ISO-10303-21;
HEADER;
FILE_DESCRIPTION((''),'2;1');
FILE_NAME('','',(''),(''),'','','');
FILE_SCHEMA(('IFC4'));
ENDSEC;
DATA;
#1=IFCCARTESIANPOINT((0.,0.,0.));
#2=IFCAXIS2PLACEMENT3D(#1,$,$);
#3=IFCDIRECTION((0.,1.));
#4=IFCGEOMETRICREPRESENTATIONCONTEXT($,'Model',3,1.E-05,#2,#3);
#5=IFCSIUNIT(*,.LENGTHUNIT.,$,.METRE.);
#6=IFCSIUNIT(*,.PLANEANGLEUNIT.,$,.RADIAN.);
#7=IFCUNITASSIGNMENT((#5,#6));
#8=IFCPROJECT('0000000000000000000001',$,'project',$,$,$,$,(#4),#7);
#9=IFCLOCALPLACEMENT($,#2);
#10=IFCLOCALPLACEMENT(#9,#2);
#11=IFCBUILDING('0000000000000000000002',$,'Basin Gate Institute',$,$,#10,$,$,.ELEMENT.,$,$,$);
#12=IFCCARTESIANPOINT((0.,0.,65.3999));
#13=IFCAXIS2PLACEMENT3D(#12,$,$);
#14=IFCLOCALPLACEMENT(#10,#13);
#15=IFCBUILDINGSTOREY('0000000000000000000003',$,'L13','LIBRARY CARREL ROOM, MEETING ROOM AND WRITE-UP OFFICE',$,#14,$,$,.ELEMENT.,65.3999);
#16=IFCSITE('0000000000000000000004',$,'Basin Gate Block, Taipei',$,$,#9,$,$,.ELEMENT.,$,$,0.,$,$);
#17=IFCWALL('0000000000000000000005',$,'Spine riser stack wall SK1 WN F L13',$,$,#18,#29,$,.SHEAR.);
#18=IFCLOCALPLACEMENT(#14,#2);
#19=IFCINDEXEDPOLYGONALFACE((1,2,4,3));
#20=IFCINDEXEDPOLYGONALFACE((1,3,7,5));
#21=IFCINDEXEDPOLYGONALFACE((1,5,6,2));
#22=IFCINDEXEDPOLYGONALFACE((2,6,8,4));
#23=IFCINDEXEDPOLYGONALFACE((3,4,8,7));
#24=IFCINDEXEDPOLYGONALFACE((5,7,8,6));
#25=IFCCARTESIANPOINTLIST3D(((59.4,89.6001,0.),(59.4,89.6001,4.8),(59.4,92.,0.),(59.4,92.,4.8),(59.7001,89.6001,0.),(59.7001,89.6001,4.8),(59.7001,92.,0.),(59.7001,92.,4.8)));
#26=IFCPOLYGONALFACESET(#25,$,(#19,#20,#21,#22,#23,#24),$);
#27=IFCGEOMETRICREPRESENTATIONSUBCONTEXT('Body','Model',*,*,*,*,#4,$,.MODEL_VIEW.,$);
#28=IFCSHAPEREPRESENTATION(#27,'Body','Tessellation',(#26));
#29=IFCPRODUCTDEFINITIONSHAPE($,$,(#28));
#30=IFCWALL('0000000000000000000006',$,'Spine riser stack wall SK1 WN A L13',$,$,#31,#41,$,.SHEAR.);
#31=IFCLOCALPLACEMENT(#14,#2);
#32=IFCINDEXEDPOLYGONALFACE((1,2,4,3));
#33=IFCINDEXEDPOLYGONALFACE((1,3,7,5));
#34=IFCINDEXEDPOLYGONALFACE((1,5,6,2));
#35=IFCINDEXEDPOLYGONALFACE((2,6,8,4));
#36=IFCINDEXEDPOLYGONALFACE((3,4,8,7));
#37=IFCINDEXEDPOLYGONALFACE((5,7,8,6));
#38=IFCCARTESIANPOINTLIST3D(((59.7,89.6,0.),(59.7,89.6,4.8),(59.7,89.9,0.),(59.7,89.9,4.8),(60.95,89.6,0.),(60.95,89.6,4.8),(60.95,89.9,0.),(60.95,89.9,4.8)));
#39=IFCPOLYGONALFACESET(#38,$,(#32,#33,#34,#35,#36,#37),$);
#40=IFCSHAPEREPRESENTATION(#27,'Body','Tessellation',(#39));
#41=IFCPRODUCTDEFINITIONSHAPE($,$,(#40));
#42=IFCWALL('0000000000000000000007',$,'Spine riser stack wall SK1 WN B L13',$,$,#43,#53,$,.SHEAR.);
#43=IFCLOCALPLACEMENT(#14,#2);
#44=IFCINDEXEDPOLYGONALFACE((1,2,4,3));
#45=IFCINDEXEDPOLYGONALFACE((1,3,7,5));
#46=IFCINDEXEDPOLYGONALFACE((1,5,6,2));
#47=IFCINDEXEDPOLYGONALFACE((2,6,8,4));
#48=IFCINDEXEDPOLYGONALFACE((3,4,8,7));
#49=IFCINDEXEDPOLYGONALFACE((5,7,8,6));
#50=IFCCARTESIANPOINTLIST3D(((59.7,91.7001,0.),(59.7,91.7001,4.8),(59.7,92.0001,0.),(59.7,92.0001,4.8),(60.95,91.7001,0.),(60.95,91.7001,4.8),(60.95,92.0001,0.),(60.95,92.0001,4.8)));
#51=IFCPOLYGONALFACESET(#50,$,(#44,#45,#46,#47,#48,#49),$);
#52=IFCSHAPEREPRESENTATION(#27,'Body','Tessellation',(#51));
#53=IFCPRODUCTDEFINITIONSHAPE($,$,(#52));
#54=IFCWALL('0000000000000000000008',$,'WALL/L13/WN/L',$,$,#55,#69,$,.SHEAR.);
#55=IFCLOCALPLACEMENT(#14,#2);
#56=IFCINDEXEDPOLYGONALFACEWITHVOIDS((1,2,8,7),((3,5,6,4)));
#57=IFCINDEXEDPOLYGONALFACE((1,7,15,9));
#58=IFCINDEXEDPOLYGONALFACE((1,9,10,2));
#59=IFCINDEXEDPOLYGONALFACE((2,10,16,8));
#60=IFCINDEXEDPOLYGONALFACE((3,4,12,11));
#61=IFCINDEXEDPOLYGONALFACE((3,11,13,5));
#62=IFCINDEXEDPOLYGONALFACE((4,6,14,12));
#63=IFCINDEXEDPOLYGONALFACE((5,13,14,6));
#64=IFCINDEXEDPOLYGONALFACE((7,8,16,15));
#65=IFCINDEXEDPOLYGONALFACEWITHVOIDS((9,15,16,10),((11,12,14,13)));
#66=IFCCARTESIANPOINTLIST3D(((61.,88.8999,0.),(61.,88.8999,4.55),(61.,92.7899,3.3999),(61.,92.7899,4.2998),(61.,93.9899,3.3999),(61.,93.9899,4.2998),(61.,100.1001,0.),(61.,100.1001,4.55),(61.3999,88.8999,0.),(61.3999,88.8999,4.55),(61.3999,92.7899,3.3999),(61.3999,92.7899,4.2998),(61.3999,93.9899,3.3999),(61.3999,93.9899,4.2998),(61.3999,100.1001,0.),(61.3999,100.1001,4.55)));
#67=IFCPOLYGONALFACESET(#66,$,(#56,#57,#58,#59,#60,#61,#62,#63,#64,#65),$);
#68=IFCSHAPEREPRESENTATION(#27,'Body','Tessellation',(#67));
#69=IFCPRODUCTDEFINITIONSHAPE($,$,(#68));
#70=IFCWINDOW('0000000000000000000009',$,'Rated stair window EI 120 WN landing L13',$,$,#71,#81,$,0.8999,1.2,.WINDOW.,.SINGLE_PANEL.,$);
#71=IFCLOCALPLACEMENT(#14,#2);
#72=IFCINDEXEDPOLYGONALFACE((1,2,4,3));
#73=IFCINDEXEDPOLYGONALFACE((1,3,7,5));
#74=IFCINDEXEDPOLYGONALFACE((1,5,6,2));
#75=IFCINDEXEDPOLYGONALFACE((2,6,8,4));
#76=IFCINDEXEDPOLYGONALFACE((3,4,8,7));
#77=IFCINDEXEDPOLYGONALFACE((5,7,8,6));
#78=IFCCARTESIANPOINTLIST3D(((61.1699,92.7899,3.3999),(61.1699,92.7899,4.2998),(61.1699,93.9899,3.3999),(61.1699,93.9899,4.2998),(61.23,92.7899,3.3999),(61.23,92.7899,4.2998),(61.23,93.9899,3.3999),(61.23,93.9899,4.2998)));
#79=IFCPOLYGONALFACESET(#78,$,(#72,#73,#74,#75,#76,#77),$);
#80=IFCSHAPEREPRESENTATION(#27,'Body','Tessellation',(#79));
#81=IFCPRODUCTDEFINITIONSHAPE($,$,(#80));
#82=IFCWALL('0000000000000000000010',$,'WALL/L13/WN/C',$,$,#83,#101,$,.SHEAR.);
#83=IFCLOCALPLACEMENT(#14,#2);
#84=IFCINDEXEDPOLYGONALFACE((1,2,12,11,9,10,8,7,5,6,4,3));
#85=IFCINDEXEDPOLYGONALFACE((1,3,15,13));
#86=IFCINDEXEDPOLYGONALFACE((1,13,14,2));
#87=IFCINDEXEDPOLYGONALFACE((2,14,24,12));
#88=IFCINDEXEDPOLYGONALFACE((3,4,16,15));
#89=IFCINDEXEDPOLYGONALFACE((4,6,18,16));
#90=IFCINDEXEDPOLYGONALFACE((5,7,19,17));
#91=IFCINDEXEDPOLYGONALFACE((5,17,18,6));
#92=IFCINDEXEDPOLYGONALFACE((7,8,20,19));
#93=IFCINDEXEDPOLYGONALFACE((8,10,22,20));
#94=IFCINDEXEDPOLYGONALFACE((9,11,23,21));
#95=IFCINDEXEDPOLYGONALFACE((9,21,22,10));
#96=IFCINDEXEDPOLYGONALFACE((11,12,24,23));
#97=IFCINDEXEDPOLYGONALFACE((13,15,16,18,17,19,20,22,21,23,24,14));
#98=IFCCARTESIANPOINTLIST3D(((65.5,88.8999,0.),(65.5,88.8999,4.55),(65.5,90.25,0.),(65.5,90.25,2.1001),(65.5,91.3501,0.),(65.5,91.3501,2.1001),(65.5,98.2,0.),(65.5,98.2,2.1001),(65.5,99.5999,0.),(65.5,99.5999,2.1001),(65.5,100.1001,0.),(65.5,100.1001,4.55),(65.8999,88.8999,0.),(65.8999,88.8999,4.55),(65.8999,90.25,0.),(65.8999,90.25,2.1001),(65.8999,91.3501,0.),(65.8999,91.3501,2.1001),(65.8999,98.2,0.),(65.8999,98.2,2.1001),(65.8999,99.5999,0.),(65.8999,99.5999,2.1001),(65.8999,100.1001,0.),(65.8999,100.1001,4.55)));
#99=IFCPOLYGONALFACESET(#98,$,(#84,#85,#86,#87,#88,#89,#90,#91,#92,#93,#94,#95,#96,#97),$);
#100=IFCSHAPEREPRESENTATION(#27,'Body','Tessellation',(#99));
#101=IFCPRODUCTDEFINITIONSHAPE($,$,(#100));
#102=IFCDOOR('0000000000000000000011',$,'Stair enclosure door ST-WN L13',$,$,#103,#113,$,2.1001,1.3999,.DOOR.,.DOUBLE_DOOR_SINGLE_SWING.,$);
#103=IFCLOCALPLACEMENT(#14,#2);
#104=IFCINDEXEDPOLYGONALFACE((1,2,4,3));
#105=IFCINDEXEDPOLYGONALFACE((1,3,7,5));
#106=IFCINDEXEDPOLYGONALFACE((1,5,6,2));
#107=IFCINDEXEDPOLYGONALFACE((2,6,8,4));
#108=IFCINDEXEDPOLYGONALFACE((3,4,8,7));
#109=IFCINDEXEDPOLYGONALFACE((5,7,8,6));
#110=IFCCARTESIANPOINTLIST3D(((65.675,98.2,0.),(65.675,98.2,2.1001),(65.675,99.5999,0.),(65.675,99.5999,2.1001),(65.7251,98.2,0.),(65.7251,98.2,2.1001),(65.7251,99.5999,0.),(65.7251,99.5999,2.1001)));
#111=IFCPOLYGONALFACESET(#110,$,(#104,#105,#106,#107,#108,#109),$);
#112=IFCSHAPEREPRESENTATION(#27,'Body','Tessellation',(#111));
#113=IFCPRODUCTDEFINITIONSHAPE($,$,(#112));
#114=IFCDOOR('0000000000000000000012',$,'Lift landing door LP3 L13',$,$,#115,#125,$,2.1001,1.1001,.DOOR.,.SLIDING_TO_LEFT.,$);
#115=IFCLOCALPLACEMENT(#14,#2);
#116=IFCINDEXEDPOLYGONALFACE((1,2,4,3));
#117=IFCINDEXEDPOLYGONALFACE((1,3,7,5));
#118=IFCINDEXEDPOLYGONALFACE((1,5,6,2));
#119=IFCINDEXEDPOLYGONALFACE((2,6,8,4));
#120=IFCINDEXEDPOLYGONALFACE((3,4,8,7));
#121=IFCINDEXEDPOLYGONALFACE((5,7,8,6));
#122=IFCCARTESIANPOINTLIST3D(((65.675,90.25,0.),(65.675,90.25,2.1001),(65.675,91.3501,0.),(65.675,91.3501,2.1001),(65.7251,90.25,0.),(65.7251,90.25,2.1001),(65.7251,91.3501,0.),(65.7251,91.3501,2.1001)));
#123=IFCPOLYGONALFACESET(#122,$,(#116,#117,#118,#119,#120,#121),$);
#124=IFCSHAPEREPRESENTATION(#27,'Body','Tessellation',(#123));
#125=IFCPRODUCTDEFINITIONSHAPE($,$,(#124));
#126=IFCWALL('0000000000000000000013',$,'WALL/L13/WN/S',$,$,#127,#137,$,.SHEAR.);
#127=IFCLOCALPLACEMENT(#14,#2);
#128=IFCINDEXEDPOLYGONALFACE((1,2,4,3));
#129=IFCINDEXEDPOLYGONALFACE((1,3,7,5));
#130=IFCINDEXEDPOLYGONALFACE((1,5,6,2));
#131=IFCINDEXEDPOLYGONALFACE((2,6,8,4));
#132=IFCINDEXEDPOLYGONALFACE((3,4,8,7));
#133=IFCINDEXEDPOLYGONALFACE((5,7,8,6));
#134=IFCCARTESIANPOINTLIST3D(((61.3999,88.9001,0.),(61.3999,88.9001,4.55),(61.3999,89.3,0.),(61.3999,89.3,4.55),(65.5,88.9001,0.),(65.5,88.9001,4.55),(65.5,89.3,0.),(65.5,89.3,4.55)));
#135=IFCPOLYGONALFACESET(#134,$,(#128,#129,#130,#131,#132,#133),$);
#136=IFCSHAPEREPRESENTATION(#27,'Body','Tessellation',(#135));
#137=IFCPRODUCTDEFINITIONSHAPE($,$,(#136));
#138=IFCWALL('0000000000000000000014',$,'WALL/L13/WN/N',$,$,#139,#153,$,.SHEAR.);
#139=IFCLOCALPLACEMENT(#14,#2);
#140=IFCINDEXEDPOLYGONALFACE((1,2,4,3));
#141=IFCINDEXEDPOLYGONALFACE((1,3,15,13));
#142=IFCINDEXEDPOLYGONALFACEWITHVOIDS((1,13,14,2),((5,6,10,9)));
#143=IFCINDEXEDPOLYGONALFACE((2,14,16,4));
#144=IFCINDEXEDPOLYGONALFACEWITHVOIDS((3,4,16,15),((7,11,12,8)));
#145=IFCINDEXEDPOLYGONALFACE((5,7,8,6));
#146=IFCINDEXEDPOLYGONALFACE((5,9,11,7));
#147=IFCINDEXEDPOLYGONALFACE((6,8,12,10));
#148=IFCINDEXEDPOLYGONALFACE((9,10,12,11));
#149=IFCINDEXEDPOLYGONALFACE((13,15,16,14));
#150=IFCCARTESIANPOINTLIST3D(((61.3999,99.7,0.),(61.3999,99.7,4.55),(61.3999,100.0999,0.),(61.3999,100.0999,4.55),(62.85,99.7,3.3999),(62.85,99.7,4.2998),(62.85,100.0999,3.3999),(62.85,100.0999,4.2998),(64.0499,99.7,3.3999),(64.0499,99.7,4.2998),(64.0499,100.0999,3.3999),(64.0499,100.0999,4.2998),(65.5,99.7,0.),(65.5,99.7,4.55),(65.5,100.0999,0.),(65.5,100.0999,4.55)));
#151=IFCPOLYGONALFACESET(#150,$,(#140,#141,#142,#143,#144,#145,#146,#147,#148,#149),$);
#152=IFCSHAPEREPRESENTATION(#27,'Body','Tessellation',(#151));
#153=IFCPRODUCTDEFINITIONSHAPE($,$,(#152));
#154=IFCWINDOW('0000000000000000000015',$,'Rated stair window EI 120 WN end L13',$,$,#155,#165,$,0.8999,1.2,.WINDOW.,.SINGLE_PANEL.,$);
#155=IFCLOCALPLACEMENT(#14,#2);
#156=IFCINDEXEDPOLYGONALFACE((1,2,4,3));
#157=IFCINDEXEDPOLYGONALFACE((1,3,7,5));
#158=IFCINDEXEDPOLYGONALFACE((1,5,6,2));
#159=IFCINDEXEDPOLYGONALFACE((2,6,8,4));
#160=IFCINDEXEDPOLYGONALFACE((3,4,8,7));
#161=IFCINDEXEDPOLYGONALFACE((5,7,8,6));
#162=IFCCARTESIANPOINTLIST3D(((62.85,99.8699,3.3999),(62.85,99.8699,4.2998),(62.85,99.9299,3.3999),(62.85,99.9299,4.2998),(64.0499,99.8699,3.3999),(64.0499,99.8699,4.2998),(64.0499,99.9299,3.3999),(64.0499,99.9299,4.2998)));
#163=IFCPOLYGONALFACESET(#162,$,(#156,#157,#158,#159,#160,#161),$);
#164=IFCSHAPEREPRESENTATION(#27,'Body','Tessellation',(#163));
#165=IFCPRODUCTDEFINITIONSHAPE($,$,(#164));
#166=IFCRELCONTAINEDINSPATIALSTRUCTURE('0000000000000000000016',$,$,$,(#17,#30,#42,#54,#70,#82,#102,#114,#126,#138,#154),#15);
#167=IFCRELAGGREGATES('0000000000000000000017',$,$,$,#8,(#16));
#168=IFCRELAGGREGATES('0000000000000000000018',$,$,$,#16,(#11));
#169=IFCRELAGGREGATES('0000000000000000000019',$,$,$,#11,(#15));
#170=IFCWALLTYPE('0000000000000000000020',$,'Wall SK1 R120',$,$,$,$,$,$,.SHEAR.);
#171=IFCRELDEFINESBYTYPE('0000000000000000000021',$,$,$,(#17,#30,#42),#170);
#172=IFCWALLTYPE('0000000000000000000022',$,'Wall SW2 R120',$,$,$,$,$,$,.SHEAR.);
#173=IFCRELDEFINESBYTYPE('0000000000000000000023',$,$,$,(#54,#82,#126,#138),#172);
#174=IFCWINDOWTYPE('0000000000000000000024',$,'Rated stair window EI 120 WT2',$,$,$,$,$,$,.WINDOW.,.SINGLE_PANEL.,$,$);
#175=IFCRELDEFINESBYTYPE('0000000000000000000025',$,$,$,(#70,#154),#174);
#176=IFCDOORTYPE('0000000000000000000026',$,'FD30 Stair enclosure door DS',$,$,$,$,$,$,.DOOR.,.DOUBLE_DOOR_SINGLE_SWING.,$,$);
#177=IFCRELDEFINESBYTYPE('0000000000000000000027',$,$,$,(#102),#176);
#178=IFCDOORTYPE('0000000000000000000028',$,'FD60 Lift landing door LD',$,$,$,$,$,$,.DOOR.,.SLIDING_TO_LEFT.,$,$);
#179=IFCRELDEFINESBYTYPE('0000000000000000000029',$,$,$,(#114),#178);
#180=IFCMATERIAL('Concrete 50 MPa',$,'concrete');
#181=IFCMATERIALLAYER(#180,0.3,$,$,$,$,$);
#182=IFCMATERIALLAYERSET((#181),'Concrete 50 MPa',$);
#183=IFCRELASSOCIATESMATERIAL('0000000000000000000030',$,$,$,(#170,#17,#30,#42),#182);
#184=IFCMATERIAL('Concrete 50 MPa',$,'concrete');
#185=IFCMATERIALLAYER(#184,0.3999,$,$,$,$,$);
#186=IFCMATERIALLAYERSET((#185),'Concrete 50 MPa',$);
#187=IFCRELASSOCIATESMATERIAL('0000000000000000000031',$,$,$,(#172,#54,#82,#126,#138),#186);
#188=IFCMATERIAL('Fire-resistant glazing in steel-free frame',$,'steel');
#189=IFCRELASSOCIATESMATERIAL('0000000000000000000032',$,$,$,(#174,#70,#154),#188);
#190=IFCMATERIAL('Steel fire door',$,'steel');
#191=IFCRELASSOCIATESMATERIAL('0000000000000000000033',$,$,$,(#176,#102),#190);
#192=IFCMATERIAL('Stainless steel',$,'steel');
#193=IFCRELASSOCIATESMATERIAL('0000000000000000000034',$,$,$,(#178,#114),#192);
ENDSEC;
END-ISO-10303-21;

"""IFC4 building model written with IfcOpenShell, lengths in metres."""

from ifc_helpers import new_model, si_unit, direction, frame, frame_2d, origin, place, context, subcontext, project, spatial, rectangle, extrude, material, layer, layer_set, type_object, element, fill, save


model = new_model("IFC4")

# Units and contexts
model_context = context("Model", 3, precision=1e-05, world=origin(), true_north=direction((0.0, 1.0)))
body_context = subcontext(model_context, "Body", "Model", "MODEL_VIEW")
ifc_project = project(units=[si_unit("LENGTHUNIT", "METRE"), si_unit("PLANEANGLEUNIT", "RADIAN")], contexts=[model_context])

# Site, building, storey
site_placement = place(None, origin())
site = spatial("IfcSite", under=ifc_project, at=site_placement, Name="Basin Gate Block, Taipei", CompositionType="ELEMENT", RefElevation=0.0)
building_placement = place(site_placement, origin())
building = spatial("IfcBuilding", under=site, at=building_placement, Name="Basin Gate Institute", CompositionType="ELEMENT")
storey_placement = place(building_placement, frame((0.0, 0.0, 65.3999)))
storey = spatial("IfcBuildingStorey", under=building, at=storey_placement, Name="L13", Description="LIBRARY CARREL ROOM, MEETING ROOM AND WRITE-UP OFFICE", CompositionType="ELEMENT", Elevation=65.3999)

# Walls
ifc_material_1 = material(Name="Concrete 50 MPa", Category="concrete")
ifc_layer_1 = layer(ifc_material_1, 0.3)
ifc_layer_set_1 = layer_set([ifc_layer_1], Name="Concrete 50 MPa")
wall_type_1 = type_object("IfcWallType", Name="Wall SK1 R120", PredefinedType="SHEAR", material=ifc_layer_set_1)
wall_1_placement = place(storey_placement, frame((59.55, 89.6001, 0.0), z_axis=(0.0, 0.0, 1.0), x_axis=(0.0, 1.0, 0.0)))
element("IfcWall", 1, at=wall_1_placement, inside=storey, type_object=wall_type_1, material=ifc_layer_set_1, Name="Spine riser stack wall SK1 WN F L13", PredefinedType="SHEAR", context=body_context, shape_type="SweptSolid", body=[
    extrude(rectangle(XDim=2.3999, YDim=0.3, at=frame_2d((1.2, 0.0))), origin(), (0.0, 0.0, 1.0), 4.8),
])
for number, where, z_axis, x_axis, name in (
    (2, (60.95, 89.75, 0.0), (0.0, 0.0, 1.0), (-1.0, 0.0, 0.0), "Spine riser stack wall SK1 WN A L13"),
    (3, (60.95, 91.8501, 0.0), (0.0, 0.0, 1.0), (-1.0, 0.0, 0.0), "Spine riser stack wall SK1 WN B L13"),
):
    element("IfcWall", number, at=place(storey_placement, frame(where, z_axis=z_axis, x_axis=x_axis)), inside=storey, type_object=wall_type_1, material=ifc_layer_set_1, Name=name, PredefinedType="SHEAR", context=body_context, shape_type="SweptSolid", body=[
        extrude(rectangle(XDim=1.25, YDim=0.3, at=frame_2d((0.625, 0.0))), origin(), (0.0, 0.0, 1.0), 4.8),
    ])

# Wall, opening, window
ifc_material_2 = material(Name="Concrete 50 MPa", Category="concrete")
ifc_layer_2 = layer(ifc_material_2, 0.3999)
ifc_layer_set_2 = layer_set([ifc_layer_2], Name="Concrete 50 MPa")
wall_type_2 = type_object("IfcWallType", Name="Wall SW2 R120", PredefinedType="SHEAR", material=ifc_layer_set_2)
wall_2_placement = place(storey_placement, frame((61.2, 88.8999, 0.0), z_axis=(0.0, 0.0, 1.0), x_axis=(0.0, 1.0, 0.0)))
wall_2 = element("IfcWall", 4, at=wall_2_placement, inside=storey, type_object=wall_type_2, material=ifc_layer_set_2, Name="WALL/L13/WN/L", PredefinedType="SHEAR", context=body_context, shape_type="SweptSolid", body=[
    extrude(rectangle(XDim=11.2002, YDim=0.3999, at=frame_2d((5.6001, 0.0))), origin(), (0.0, 0.0, 1.0), 4.55),
])
opening_1_placement = place(wall_2_placement, frame((3.8899, 0.0, 3.3999)))
opening_1 = element("IfcOpeningElement", 5, at=opening_1_placement, cuts=wall_2, PredefinedType="OPENING", context=body_context, shape_type="SweptSolid", body=[
    extrude(rectangle(XDim=1.2, YDim=0.8999, at=frame_2d((0.6001, 0.45))), frame((0.0, 0.21, 0.0), z_axis=(0.0, -1.0, 0.0), x_axis=(1.0, 0.0, 0.0)), (0.0, 0.0, 1.0), 0.4199),
])
ifc_material_3 = material(Name="Fire-resistant glazing in steel-free frame", Category="steel")
window_type = type_object("IfcWindowType", Name="Rated stair window EI 120 WT2", PartitioningType="SINGLE_PANEL", PredefinedType="WINDOW", material=ifc_material_3)
window_1_placement = place(opening_1_placement, origin())
window_1 = element("IfcWindow", 6, at=window_1_placement, inside=storey, type_object=window_type, material=ifc_material_3, Name="Rated stair window EI 120 WN landing L13", OverallHeight=0.8999, OverallWidth=1.2, PartitioningType="SINGLE_PANEL", PredefinedType="WINDOW", context=body_context, shape_type="SweptSolid", body=[
    extrude(rectangle(XDim=1.2, YDim=0.8999, at=frame_2d((0.6001, 0.45))), frame((0.0, 0.03, 0.0), z_axis=(0.0, -1.0, 0.0), x_axis=(1.0, 0.0, 0.0)), (0.0, 0.0, 1.0), 0.0601),
])
fill(opening_1, window_1)

# Wall, openings, doors
wall_3_placement = place(storey_placement, frame((65.7, 88.8999, 0.0), z_axis=(0.0, 0.0, 1.0), x_axis=(0.0, 1.0, 0.0)))
wall_3 = element("IfcWall", 7, at=wall_3_placement, inside=storey, type_object=wall_type_2, material=ifc_layer_set_2, Name="WALL/L13/WN/C", PredefinedType="SHEAR", context=body_context, shape_type="SweptSolid", body=[
    extrude(rectangle(XDim=11.2002, YDim=0.3999, at=frame_2d((5.6001, 0.0))), origin(), (0.0, 0.0, 1.0), 4.55),
])
opening_2_placement = place(wall_3_placement, frame((9.3, 0.0, 0.0)))
opening_2 = element("IfcOpeningElement", 8, at=opening_2_placement, cuts=wall_3, PredefinedType="OPENING", context=body_context, shape_type="SweptSolid", body=[
    extrude(rectangle(XDim=1.3999, YDim=2.1001, at=frame_2d((0.7, 1.05))), frame((0.0, 0.21, 0.0), z_axis=(0.0, -1.0, 0.0), x_axis=(1.0, 0.0, 0.0)), (0.0, 0.0, 1.0), 0.4199),
])
opening_3_placement = place(wall_3_placement, frame((1.3501, 0.0, 0.0)))
opening_3 = element("IfcOpeningElement", 9, at=opening_3_placement, cuts=wall_3, PredefinedType="OPENING", context=body_context, shape_type="SweptSolid", body=[
    extrude(rectangle(XDim=1.1001, YDim=2.1001, at=frame_2d((0.55, 1.05))), frame((0.0, 0.21, 0.0), z_axis=(0.0, -1.0, 0.0), x_axis=(1.0, 0.0, 0.0)), (0.0, 0.0, 1.0), 0.4199),
])
ifc_material_4 = material(Name="Steel fire door", Category="steel")
door_type_1 = type_object("IfcDoorType", Name="FD30 Stair enclosure door DS", OperationType="DOUBLE_DOOR_SINGLE_SWING", PredefinedType="DOOR", material=ifc_material_4)
door_1_placement = place(opening_2_placement, origin())
door_1 = element("IfcDoor", 10, at=door_1_placement, inside=storey, type_object=door_type_1, material=ifc_material_4, Name="Stair enclosure door ST-WN L13", OperationType="DOUBLE_DOOR_SINGLE_SWING", OverallHeight=2.1001, OverallWidth=1.3999, PredefinedType="DOOR", context=body_context, shape_type="SweptSolid", body=[
    extrude(rectangle(XDim=1.3999, YDim=2.1001, at=frame_2d((0.7, 1.05))), frame((0.0, 0.0249, 0.0), z_axis=(0.0, -1.0, 0.0), x_axis=(1.0, 0.0, 0.0)), (0.0, 0.0, 1.0), 0.05),
])
fill(opening_2, door_1)
ifc_material_5 = material(Name="Stainless steel", Category="steel")
door_type_2 = type_object("IfcDoorType", Name="FD60 Lift landing door LD", OperationType="SLIDING_TO_LEFT", PredefinedType="DOOR", material=ifc_material_5)
door_2_placement = place(opening_3_placement, origin())
door_2 = element("IfcDoor", 11, at=door_2_placement, inside=storey, type_object=door_type_2, material=ifc_material_5, Name="Lift landing door LP3 L13", OperationType="SLIDING_TO_LEFT", OverallHeight=2.1001, OverallWidth=1.1001, PredefinedType="DOOR", context=body_context, shape_type="SweptSolid", body=[
    extrude(rectangle(XDim=1.1001, YDim=2.1001, at=frame_2d((0.55, 1.05))), frame((0.0, 0.0249, 0.0), z_axis=(0.0, -1.0, 0.0), x_axis=(1.0, 0.0, 0.0)), (0.0, 0.0, 1.0), 0.05),
])
fill(opening_3, door_2)

# Wall
wall_4_placement = place(storey_placement, frame((61.3999, 89.1001, 0.0), z_axis=(0.0, 0.0, 1.0), x_axis=(1.0, 0.0, 0.0)))
element("IfcWall", 12, at=wall_4_placement, inside=storey, type_object=wall_type_2, material=ifc_layer_set_2, Name="WALL/L13/WN/S", PredefinedType="SHEAR", context=body_context, shape_type="SweptSolid", body=[
    extrude(rectangle(XDim=4.1001, YDim=0.3999, at=frame_2d((2.05, 0.0))), origin(), (0.0, 0.0, 1.0), 4.55),
])

# Wall, opening, window
wall_5_placement = place(storey_placement, frame((61.3999, 99.8999, 0.0), z_axis=(0.0, 0.0, 1.0), x_axis=(1.0, 0.0, 0.0)))
wall_5 = element("IfcWall", 13, at=wall_5_placement, inside=storey, type_object=wall_type_2, material=ifc_layer_set_2, Name="WALL/L13/WN/N", PredefinedType="SHEAR", context=body_context, shape_type="SweptSolid", body=[
    extrude(rectangle(XDim=4.1001, YDim=0.3999, at=frame_2d((2.05, 0.0))), origin(), (0.0, 0.0, 1.0), 4.55),
])
opening_4_placement = place(wall_5_placement, frame((1.45, 0.0, 3.3999)))
opening_4 = element("IfcOpeningElement", 14, at=opening_4_placement, cuts=wall_5, PredefinedType="OPENING", context=body_context, shape_type="SweptSolid", body=[
    extrude(rectangle(XDim=1.2, YDim=0.8999, at=frame_2d((0.6001, 0.45))), frame((0.0, 0.21, 0.0), z_axis=(0.0, -1.0, 0.0), x_axis=(1.0, 0.0, 0.0)), (0.0, 0.0, 1.0), 0.4199),
])
window_2_placement = place(opening_4_placement, origin())
window_2 = element("IfcWindow", 15, at=window_2_placement, inside=storey, type_object=window_type, material=ifc_material_3, Name="Rated stair window EI 120 WN end L13", OverallHeight=0.8999, OverallWidth=1.2, PartitioningType="SINGLE_PANEL", PredefinedType="WINDOW", context=body_context, shape_type="SweptSolid", body=[
    extrude(rectangle(XDim=1.2, YDim=0.8999, at=frame_2d((0.6001, 0.45))), frame((0.0, 0.03, 0.0), z_axis=(0.0, -1.0, 0.0), x_axis=(1.0, 0.0, 0.0)), (0.0, 0.0, 1.0), 0.0601),
])
fill(opening_4, window_2)

save(model, "model.ifc")
